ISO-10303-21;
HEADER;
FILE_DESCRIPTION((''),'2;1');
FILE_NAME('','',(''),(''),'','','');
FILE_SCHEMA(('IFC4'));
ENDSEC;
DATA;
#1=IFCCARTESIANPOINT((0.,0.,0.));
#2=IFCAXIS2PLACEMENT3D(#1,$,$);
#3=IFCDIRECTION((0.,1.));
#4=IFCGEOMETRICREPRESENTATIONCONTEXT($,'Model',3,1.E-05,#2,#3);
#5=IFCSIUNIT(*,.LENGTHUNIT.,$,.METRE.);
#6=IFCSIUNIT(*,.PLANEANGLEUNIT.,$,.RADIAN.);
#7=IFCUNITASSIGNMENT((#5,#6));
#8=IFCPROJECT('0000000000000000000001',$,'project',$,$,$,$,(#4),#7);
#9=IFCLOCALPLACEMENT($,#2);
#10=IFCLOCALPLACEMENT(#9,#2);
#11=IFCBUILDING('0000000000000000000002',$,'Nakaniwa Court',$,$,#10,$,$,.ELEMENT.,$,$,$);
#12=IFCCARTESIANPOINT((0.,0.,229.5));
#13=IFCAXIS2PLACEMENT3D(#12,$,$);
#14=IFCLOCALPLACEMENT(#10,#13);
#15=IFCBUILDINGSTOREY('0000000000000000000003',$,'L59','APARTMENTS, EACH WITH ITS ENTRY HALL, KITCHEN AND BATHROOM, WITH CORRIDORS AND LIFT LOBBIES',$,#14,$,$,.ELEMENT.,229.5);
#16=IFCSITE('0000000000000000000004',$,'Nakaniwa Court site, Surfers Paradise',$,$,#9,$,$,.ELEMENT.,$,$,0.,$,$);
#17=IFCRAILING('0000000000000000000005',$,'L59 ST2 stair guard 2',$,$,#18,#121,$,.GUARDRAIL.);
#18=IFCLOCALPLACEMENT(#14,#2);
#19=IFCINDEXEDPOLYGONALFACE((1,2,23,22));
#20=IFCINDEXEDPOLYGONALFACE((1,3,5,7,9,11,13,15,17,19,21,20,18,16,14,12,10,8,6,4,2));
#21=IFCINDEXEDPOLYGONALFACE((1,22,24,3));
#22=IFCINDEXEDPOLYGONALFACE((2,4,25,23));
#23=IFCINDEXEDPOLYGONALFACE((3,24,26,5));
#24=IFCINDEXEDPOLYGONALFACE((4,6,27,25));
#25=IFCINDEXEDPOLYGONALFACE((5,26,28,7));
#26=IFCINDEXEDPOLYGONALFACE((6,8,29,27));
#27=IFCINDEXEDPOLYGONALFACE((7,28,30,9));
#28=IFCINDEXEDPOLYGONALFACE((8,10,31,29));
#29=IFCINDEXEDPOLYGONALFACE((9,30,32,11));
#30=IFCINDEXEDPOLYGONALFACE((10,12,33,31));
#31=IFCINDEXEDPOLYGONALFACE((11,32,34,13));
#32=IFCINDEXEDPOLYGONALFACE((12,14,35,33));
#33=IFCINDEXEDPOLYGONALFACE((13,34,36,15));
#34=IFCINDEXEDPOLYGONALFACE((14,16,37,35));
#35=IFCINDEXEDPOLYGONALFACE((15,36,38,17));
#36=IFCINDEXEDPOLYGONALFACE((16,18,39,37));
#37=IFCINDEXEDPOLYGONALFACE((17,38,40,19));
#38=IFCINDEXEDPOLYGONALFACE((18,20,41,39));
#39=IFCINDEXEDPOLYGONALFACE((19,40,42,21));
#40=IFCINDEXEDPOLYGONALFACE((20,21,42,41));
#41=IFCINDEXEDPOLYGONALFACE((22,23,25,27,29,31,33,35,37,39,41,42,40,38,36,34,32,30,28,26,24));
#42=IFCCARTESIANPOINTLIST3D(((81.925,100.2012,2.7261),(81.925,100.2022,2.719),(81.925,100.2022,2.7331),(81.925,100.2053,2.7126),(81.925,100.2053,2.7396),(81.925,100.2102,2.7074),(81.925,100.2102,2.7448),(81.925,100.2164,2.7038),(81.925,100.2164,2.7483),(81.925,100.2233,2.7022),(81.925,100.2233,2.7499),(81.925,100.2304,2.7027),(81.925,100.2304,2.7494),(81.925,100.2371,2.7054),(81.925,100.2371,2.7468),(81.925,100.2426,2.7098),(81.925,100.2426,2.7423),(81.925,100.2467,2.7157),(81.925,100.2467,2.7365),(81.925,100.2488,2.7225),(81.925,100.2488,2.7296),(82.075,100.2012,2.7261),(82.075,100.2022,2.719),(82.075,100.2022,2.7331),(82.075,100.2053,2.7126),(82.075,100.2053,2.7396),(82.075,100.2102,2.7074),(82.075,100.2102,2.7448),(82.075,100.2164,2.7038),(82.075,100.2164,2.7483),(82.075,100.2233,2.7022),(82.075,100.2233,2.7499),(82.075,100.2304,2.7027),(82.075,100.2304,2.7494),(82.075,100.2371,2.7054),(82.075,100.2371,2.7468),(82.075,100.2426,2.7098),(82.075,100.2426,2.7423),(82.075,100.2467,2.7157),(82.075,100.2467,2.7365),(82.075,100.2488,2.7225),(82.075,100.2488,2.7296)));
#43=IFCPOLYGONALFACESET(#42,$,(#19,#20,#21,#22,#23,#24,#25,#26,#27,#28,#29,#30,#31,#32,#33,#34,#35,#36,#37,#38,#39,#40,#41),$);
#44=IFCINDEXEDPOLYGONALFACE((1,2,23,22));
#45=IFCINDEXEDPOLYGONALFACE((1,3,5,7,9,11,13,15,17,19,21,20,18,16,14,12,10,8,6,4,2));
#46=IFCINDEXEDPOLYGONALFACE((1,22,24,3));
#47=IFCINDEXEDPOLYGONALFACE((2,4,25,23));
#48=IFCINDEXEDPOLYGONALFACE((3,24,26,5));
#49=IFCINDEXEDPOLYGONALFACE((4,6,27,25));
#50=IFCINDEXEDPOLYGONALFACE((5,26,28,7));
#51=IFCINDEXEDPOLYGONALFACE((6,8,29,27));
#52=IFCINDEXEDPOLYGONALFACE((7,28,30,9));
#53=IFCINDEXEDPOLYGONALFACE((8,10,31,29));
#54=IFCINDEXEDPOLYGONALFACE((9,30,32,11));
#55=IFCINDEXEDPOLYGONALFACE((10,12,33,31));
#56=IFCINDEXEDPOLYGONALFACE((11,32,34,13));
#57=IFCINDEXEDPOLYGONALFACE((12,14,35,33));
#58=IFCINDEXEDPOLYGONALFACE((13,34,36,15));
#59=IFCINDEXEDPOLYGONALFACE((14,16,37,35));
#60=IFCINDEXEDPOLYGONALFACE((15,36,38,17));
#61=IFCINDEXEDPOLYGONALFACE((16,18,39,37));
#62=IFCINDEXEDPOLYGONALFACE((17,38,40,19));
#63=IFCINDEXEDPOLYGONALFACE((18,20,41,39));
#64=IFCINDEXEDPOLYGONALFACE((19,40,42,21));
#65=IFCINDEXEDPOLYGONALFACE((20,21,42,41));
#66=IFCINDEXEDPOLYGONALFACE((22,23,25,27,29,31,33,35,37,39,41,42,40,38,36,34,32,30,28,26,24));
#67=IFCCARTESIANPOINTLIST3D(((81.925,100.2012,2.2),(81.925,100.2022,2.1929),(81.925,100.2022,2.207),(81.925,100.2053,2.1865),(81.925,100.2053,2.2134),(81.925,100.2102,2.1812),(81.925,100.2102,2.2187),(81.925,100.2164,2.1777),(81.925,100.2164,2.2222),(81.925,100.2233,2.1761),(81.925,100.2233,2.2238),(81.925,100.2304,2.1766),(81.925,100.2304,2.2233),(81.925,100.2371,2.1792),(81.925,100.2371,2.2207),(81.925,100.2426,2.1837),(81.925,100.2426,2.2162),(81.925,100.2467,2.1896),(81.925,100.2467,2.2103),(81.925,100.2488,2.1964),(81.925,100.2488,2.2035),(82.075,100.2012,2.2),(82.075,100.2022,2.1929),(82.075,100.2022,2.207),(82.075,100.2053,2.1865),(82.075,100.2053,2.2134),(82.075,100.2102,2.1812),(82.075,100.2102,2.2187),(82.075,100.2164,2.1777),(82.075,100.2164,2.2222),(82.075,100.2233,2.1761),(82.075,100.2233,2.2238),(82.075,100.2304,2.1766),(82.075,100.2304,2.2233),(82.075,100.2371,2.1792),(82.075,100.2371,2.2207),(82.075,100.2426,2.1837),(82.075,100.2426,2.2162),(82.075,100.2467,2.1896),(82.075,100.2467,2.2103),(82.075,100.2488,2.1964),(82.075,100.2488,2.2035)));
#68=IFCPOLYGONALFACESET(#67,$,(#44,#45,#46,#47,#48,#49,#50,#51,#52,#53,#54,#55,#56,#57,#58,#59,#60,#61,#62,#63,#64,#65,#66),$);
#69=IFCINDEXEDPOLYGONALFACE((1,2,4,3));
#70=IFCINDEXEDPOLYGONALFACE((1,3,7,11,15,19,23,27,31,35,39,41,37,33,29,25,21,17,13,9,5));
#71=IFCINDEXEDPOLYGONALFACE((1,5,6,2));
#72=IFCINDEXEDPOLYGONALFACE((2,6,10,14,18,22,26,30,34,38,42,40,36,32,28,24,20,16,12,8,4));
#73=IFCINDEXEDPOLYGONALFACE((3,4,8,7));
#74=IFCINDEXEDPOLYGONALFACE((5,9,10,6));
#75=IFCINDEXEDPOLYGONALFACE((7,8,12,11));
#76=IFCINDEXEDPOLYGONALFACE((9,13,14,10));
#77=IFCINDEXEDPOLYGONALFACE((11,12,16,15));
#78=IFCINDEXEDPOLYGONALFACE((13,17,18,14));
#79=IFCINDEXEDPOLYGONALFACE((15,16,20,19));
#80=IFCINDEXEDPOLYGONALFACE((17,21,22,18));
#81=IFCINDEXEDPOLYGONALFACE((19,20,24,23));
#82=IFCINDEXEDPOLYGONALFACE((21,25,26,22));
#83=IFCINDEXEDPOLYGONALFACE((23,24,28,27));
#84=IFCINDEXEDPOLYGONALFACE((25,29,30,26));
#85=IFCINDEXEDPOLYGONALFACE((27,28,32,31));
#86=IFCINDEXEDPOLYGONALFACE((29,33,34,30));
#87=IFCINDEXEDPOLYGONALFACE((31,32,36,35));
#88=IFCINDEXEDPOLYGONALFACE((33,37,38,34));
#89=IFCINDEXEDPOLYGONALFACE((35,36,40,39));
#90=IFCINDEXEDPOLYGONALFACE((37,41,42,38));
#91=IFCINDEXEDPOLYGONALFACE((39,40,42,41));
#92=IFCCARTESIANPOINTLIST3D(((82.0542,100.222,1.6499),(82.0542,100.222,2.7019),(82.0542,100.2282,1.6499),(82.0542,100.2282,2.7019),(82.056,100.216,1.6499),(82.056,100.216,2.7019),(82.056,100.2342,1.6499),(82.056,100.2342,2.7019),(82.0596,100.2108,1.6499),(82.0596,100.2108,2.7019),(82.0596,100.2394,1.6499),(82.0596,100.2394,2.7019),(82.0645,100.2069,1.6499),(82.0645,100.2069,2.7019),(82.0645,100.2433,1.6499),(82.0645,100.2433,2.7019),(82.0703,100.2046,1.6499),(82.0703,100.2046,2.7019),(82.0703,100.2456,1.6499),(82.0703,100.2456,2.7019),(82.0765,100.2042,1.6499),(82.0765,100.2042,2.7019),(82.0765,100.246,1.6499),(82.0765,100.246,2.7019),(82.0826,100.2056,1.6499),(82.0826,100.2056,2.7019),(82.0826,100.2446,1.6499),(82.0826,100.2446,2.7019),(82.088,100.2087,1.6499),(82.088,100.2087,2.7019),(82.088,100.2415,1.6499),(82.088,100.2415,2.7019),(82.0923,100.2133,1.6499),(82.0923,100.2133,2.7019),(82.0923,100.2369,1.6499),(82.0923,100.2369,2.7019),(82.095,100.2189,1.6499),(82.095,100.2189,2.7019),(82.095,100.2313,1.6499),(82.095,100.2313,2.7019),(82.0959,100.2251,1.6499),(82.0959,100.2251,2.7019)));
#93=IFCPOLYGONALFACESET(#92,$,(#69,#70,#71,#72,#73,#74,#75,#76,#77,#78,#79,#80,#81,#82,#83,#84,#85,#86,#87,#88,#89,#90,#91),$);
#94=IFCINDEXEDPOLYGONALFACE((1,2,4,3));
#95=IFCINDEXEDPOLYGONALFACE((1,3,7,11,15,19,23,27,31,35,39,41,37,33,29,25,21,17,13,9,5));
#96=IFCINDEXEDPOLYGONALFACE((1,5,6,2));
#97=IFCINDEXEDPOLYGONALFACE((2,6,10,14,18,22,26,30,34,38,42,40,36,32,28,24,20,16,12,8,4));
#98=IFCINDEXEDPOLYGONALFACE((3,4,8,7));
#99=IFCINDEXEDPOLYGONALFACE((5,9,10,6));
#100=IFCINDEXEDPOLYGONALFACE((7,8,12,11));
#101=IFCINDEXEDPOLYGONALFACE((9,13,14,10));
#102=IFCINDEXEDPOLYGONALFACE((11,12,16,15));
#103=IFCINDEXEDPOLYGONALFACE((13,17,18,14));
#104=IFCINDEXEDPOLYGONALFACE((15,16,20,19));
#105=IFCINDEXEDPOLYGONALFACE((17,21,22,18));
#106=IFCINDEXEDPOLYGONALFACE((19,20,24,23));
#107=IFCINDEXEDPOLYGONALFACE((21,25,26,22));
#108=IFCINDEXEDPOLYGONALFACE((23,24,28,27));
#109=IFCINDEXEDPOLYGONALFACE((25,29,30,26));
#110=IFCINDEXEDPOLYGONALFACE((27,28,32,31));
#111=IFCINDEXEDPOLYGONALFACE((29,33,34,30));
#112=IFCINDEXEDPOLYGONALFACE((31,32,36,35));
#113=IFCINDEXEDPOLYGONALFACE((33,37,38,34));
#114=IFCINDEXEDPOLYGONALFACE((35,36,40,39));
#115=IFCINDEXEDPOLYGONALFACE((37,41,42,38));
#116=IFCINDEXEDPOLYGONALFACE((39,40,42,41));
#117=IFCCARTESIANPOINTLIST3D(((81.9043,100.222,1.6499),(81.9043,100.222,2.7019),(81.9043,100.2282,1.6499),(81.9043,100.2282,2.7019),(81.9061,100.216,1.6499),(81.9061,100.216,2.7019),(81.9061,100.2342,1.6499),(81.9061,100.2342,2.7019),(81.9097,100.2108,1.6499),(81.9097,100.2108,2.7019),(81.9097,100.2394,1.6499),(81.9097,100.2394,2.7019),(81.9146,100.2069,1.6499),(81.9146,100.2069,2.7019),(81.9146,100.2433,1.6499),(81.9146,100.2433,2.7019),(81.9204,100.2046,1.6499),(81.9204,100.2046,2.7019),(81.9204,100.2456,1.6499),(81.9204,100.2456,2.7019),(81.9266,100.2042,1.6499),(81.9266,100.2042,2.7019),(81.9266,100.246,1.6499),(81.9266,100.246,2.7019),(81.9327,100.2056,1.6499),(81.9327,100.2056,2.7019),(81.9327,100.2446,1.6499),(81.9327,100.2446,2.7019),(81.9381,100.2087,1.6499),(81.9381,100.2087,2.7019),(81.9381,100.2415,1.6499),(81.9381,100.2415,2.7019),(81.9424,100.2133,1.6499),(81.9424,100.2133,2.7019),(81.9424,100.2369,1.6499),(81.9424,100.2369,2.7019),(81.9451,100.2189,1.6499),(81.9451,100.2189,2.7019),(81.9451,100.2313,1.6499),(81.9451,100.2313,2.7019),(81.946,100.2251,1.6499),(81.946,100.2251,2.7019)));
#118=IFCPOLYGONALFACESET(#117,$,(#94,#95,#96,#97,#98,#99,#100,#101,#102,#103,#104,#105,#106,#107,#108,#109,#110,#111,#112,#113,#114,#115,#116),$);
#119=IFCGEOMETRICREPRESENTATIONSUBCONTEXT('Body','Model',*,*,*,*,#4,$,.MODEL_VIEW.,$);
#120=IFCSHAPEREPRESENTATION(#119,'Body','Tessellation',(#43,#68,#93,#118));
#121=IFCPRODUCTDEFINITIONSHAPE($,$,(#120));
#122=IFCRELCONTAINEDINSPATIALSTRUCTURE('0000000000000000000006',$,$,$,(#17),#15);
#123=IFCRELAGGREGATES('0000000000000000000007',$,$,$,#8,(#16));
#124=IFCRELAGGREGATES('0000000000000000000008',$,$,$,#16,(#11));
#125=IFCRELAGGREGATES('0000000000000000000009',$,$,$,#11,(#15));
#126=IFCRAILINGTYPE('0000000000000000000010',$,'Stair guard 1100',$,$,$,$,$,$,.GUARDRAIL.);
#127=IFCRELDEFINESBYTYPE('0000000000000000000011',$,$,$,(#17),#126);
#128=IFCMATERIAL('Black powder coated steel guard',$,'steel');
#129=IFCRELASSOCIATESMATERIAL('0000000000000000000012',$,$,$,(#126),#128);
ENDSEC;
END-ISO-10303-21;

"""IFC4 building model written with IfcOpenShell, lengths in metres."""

from ifc_helpers import new_model, si_unit, direction, frame, origin, origin_2d, place, context, subcontext, project, spatial, circle, extrude, material, type_object, element, save


model = new_model("IFC4")

# Units and contexts
model_context = context("Model", 3, precision=1e-05, world=origin(), true_north=direction((0.0, 1.0)))
body_context = subcontext(model_context, "Body", "Model", "MODEL_VIEW")
ifc_project = project(units=[si_unit("LENGTHUNIT", "METRE"), si_unit("PLANEANGLEUNIT", "RADIAN")], contexts=[model_context])

# Site, building, storey
site_placement = place(None, origin())
site = spatial("IfcSite", under=ifc_project, at=site_placement, Name="Nakaniwa Court site, Surfers Paradise", CompositionType="ELEMENT", RefElevation=0.0)
building_placement = place(site_placement, origin())
building = spatial("IfcBuilding", under=site, at=building_placement, Name="Nakaniwa Court", CompositionType="ELEMENT")
storey_placement = place(building_placement, frame((0.0, 0.0, 229.5)))
storey = spatial("IfcBuildingStorey", under=building, at=storey_placement, Name="L59", Description="APARTMENTS, EACH WITH ITS ENTRY HALL, KITCHEN AND BATHROOM, WITH CORRIDORS AND LIFT LOBBIES", CompositionType="ELEMENT", Elevation=229.5)

# Railing
ifc_material_1 = material(Name="Black powder coated steel guard", Category="steel")
railing_type_1 = type_object("IfcRailingType", Name="Stair guard 1100", PredefinedType="GUARDRAIL", material=ifc_material_1)
railing_1_placement = place(storey_placement, frame((82.075, 100.2251, 1.6499)))
element("IfcRailing", 1, at=railing_1_placement, inside=storey, type_object=railing_type_1, Name="L59 ST2 stair guard 2", PredefinedType="GUARDRAIL", context=body_context, shape_type="SweptSolid", body=[
    extrude(circle(Radius=0.0239, at=origin_2d()), frame((0.0, 0.0, 1.0762), z_axis=(-1.0, 0.0, 0.0), x_axis=(0.0, -1.0, 0.0)), (0.0, 0.0, 1.0), 0.1499),
    extrude(circle(Radius=0.0239, at=origin_2d()), frame((0.0, 0.0, 0.55), z_axis=(-1.0, 0.0, 0.0), x_axis=(0.0, -1.0, 0.0)), (0.0, 0.0, 1.0), 0.1499),
    extrude(circle(Radius=0.021, at=origin_2d()), origin(), (0.0, 0.0, 1.0), 1.052),
    extrude(circle(Radius=0.021, at=origin_2d()), frame((-0.1499, 0.0, 0.0)), (0.0, 0.0, 1.0), 1.052),
])

save(model, "model.ifc")
